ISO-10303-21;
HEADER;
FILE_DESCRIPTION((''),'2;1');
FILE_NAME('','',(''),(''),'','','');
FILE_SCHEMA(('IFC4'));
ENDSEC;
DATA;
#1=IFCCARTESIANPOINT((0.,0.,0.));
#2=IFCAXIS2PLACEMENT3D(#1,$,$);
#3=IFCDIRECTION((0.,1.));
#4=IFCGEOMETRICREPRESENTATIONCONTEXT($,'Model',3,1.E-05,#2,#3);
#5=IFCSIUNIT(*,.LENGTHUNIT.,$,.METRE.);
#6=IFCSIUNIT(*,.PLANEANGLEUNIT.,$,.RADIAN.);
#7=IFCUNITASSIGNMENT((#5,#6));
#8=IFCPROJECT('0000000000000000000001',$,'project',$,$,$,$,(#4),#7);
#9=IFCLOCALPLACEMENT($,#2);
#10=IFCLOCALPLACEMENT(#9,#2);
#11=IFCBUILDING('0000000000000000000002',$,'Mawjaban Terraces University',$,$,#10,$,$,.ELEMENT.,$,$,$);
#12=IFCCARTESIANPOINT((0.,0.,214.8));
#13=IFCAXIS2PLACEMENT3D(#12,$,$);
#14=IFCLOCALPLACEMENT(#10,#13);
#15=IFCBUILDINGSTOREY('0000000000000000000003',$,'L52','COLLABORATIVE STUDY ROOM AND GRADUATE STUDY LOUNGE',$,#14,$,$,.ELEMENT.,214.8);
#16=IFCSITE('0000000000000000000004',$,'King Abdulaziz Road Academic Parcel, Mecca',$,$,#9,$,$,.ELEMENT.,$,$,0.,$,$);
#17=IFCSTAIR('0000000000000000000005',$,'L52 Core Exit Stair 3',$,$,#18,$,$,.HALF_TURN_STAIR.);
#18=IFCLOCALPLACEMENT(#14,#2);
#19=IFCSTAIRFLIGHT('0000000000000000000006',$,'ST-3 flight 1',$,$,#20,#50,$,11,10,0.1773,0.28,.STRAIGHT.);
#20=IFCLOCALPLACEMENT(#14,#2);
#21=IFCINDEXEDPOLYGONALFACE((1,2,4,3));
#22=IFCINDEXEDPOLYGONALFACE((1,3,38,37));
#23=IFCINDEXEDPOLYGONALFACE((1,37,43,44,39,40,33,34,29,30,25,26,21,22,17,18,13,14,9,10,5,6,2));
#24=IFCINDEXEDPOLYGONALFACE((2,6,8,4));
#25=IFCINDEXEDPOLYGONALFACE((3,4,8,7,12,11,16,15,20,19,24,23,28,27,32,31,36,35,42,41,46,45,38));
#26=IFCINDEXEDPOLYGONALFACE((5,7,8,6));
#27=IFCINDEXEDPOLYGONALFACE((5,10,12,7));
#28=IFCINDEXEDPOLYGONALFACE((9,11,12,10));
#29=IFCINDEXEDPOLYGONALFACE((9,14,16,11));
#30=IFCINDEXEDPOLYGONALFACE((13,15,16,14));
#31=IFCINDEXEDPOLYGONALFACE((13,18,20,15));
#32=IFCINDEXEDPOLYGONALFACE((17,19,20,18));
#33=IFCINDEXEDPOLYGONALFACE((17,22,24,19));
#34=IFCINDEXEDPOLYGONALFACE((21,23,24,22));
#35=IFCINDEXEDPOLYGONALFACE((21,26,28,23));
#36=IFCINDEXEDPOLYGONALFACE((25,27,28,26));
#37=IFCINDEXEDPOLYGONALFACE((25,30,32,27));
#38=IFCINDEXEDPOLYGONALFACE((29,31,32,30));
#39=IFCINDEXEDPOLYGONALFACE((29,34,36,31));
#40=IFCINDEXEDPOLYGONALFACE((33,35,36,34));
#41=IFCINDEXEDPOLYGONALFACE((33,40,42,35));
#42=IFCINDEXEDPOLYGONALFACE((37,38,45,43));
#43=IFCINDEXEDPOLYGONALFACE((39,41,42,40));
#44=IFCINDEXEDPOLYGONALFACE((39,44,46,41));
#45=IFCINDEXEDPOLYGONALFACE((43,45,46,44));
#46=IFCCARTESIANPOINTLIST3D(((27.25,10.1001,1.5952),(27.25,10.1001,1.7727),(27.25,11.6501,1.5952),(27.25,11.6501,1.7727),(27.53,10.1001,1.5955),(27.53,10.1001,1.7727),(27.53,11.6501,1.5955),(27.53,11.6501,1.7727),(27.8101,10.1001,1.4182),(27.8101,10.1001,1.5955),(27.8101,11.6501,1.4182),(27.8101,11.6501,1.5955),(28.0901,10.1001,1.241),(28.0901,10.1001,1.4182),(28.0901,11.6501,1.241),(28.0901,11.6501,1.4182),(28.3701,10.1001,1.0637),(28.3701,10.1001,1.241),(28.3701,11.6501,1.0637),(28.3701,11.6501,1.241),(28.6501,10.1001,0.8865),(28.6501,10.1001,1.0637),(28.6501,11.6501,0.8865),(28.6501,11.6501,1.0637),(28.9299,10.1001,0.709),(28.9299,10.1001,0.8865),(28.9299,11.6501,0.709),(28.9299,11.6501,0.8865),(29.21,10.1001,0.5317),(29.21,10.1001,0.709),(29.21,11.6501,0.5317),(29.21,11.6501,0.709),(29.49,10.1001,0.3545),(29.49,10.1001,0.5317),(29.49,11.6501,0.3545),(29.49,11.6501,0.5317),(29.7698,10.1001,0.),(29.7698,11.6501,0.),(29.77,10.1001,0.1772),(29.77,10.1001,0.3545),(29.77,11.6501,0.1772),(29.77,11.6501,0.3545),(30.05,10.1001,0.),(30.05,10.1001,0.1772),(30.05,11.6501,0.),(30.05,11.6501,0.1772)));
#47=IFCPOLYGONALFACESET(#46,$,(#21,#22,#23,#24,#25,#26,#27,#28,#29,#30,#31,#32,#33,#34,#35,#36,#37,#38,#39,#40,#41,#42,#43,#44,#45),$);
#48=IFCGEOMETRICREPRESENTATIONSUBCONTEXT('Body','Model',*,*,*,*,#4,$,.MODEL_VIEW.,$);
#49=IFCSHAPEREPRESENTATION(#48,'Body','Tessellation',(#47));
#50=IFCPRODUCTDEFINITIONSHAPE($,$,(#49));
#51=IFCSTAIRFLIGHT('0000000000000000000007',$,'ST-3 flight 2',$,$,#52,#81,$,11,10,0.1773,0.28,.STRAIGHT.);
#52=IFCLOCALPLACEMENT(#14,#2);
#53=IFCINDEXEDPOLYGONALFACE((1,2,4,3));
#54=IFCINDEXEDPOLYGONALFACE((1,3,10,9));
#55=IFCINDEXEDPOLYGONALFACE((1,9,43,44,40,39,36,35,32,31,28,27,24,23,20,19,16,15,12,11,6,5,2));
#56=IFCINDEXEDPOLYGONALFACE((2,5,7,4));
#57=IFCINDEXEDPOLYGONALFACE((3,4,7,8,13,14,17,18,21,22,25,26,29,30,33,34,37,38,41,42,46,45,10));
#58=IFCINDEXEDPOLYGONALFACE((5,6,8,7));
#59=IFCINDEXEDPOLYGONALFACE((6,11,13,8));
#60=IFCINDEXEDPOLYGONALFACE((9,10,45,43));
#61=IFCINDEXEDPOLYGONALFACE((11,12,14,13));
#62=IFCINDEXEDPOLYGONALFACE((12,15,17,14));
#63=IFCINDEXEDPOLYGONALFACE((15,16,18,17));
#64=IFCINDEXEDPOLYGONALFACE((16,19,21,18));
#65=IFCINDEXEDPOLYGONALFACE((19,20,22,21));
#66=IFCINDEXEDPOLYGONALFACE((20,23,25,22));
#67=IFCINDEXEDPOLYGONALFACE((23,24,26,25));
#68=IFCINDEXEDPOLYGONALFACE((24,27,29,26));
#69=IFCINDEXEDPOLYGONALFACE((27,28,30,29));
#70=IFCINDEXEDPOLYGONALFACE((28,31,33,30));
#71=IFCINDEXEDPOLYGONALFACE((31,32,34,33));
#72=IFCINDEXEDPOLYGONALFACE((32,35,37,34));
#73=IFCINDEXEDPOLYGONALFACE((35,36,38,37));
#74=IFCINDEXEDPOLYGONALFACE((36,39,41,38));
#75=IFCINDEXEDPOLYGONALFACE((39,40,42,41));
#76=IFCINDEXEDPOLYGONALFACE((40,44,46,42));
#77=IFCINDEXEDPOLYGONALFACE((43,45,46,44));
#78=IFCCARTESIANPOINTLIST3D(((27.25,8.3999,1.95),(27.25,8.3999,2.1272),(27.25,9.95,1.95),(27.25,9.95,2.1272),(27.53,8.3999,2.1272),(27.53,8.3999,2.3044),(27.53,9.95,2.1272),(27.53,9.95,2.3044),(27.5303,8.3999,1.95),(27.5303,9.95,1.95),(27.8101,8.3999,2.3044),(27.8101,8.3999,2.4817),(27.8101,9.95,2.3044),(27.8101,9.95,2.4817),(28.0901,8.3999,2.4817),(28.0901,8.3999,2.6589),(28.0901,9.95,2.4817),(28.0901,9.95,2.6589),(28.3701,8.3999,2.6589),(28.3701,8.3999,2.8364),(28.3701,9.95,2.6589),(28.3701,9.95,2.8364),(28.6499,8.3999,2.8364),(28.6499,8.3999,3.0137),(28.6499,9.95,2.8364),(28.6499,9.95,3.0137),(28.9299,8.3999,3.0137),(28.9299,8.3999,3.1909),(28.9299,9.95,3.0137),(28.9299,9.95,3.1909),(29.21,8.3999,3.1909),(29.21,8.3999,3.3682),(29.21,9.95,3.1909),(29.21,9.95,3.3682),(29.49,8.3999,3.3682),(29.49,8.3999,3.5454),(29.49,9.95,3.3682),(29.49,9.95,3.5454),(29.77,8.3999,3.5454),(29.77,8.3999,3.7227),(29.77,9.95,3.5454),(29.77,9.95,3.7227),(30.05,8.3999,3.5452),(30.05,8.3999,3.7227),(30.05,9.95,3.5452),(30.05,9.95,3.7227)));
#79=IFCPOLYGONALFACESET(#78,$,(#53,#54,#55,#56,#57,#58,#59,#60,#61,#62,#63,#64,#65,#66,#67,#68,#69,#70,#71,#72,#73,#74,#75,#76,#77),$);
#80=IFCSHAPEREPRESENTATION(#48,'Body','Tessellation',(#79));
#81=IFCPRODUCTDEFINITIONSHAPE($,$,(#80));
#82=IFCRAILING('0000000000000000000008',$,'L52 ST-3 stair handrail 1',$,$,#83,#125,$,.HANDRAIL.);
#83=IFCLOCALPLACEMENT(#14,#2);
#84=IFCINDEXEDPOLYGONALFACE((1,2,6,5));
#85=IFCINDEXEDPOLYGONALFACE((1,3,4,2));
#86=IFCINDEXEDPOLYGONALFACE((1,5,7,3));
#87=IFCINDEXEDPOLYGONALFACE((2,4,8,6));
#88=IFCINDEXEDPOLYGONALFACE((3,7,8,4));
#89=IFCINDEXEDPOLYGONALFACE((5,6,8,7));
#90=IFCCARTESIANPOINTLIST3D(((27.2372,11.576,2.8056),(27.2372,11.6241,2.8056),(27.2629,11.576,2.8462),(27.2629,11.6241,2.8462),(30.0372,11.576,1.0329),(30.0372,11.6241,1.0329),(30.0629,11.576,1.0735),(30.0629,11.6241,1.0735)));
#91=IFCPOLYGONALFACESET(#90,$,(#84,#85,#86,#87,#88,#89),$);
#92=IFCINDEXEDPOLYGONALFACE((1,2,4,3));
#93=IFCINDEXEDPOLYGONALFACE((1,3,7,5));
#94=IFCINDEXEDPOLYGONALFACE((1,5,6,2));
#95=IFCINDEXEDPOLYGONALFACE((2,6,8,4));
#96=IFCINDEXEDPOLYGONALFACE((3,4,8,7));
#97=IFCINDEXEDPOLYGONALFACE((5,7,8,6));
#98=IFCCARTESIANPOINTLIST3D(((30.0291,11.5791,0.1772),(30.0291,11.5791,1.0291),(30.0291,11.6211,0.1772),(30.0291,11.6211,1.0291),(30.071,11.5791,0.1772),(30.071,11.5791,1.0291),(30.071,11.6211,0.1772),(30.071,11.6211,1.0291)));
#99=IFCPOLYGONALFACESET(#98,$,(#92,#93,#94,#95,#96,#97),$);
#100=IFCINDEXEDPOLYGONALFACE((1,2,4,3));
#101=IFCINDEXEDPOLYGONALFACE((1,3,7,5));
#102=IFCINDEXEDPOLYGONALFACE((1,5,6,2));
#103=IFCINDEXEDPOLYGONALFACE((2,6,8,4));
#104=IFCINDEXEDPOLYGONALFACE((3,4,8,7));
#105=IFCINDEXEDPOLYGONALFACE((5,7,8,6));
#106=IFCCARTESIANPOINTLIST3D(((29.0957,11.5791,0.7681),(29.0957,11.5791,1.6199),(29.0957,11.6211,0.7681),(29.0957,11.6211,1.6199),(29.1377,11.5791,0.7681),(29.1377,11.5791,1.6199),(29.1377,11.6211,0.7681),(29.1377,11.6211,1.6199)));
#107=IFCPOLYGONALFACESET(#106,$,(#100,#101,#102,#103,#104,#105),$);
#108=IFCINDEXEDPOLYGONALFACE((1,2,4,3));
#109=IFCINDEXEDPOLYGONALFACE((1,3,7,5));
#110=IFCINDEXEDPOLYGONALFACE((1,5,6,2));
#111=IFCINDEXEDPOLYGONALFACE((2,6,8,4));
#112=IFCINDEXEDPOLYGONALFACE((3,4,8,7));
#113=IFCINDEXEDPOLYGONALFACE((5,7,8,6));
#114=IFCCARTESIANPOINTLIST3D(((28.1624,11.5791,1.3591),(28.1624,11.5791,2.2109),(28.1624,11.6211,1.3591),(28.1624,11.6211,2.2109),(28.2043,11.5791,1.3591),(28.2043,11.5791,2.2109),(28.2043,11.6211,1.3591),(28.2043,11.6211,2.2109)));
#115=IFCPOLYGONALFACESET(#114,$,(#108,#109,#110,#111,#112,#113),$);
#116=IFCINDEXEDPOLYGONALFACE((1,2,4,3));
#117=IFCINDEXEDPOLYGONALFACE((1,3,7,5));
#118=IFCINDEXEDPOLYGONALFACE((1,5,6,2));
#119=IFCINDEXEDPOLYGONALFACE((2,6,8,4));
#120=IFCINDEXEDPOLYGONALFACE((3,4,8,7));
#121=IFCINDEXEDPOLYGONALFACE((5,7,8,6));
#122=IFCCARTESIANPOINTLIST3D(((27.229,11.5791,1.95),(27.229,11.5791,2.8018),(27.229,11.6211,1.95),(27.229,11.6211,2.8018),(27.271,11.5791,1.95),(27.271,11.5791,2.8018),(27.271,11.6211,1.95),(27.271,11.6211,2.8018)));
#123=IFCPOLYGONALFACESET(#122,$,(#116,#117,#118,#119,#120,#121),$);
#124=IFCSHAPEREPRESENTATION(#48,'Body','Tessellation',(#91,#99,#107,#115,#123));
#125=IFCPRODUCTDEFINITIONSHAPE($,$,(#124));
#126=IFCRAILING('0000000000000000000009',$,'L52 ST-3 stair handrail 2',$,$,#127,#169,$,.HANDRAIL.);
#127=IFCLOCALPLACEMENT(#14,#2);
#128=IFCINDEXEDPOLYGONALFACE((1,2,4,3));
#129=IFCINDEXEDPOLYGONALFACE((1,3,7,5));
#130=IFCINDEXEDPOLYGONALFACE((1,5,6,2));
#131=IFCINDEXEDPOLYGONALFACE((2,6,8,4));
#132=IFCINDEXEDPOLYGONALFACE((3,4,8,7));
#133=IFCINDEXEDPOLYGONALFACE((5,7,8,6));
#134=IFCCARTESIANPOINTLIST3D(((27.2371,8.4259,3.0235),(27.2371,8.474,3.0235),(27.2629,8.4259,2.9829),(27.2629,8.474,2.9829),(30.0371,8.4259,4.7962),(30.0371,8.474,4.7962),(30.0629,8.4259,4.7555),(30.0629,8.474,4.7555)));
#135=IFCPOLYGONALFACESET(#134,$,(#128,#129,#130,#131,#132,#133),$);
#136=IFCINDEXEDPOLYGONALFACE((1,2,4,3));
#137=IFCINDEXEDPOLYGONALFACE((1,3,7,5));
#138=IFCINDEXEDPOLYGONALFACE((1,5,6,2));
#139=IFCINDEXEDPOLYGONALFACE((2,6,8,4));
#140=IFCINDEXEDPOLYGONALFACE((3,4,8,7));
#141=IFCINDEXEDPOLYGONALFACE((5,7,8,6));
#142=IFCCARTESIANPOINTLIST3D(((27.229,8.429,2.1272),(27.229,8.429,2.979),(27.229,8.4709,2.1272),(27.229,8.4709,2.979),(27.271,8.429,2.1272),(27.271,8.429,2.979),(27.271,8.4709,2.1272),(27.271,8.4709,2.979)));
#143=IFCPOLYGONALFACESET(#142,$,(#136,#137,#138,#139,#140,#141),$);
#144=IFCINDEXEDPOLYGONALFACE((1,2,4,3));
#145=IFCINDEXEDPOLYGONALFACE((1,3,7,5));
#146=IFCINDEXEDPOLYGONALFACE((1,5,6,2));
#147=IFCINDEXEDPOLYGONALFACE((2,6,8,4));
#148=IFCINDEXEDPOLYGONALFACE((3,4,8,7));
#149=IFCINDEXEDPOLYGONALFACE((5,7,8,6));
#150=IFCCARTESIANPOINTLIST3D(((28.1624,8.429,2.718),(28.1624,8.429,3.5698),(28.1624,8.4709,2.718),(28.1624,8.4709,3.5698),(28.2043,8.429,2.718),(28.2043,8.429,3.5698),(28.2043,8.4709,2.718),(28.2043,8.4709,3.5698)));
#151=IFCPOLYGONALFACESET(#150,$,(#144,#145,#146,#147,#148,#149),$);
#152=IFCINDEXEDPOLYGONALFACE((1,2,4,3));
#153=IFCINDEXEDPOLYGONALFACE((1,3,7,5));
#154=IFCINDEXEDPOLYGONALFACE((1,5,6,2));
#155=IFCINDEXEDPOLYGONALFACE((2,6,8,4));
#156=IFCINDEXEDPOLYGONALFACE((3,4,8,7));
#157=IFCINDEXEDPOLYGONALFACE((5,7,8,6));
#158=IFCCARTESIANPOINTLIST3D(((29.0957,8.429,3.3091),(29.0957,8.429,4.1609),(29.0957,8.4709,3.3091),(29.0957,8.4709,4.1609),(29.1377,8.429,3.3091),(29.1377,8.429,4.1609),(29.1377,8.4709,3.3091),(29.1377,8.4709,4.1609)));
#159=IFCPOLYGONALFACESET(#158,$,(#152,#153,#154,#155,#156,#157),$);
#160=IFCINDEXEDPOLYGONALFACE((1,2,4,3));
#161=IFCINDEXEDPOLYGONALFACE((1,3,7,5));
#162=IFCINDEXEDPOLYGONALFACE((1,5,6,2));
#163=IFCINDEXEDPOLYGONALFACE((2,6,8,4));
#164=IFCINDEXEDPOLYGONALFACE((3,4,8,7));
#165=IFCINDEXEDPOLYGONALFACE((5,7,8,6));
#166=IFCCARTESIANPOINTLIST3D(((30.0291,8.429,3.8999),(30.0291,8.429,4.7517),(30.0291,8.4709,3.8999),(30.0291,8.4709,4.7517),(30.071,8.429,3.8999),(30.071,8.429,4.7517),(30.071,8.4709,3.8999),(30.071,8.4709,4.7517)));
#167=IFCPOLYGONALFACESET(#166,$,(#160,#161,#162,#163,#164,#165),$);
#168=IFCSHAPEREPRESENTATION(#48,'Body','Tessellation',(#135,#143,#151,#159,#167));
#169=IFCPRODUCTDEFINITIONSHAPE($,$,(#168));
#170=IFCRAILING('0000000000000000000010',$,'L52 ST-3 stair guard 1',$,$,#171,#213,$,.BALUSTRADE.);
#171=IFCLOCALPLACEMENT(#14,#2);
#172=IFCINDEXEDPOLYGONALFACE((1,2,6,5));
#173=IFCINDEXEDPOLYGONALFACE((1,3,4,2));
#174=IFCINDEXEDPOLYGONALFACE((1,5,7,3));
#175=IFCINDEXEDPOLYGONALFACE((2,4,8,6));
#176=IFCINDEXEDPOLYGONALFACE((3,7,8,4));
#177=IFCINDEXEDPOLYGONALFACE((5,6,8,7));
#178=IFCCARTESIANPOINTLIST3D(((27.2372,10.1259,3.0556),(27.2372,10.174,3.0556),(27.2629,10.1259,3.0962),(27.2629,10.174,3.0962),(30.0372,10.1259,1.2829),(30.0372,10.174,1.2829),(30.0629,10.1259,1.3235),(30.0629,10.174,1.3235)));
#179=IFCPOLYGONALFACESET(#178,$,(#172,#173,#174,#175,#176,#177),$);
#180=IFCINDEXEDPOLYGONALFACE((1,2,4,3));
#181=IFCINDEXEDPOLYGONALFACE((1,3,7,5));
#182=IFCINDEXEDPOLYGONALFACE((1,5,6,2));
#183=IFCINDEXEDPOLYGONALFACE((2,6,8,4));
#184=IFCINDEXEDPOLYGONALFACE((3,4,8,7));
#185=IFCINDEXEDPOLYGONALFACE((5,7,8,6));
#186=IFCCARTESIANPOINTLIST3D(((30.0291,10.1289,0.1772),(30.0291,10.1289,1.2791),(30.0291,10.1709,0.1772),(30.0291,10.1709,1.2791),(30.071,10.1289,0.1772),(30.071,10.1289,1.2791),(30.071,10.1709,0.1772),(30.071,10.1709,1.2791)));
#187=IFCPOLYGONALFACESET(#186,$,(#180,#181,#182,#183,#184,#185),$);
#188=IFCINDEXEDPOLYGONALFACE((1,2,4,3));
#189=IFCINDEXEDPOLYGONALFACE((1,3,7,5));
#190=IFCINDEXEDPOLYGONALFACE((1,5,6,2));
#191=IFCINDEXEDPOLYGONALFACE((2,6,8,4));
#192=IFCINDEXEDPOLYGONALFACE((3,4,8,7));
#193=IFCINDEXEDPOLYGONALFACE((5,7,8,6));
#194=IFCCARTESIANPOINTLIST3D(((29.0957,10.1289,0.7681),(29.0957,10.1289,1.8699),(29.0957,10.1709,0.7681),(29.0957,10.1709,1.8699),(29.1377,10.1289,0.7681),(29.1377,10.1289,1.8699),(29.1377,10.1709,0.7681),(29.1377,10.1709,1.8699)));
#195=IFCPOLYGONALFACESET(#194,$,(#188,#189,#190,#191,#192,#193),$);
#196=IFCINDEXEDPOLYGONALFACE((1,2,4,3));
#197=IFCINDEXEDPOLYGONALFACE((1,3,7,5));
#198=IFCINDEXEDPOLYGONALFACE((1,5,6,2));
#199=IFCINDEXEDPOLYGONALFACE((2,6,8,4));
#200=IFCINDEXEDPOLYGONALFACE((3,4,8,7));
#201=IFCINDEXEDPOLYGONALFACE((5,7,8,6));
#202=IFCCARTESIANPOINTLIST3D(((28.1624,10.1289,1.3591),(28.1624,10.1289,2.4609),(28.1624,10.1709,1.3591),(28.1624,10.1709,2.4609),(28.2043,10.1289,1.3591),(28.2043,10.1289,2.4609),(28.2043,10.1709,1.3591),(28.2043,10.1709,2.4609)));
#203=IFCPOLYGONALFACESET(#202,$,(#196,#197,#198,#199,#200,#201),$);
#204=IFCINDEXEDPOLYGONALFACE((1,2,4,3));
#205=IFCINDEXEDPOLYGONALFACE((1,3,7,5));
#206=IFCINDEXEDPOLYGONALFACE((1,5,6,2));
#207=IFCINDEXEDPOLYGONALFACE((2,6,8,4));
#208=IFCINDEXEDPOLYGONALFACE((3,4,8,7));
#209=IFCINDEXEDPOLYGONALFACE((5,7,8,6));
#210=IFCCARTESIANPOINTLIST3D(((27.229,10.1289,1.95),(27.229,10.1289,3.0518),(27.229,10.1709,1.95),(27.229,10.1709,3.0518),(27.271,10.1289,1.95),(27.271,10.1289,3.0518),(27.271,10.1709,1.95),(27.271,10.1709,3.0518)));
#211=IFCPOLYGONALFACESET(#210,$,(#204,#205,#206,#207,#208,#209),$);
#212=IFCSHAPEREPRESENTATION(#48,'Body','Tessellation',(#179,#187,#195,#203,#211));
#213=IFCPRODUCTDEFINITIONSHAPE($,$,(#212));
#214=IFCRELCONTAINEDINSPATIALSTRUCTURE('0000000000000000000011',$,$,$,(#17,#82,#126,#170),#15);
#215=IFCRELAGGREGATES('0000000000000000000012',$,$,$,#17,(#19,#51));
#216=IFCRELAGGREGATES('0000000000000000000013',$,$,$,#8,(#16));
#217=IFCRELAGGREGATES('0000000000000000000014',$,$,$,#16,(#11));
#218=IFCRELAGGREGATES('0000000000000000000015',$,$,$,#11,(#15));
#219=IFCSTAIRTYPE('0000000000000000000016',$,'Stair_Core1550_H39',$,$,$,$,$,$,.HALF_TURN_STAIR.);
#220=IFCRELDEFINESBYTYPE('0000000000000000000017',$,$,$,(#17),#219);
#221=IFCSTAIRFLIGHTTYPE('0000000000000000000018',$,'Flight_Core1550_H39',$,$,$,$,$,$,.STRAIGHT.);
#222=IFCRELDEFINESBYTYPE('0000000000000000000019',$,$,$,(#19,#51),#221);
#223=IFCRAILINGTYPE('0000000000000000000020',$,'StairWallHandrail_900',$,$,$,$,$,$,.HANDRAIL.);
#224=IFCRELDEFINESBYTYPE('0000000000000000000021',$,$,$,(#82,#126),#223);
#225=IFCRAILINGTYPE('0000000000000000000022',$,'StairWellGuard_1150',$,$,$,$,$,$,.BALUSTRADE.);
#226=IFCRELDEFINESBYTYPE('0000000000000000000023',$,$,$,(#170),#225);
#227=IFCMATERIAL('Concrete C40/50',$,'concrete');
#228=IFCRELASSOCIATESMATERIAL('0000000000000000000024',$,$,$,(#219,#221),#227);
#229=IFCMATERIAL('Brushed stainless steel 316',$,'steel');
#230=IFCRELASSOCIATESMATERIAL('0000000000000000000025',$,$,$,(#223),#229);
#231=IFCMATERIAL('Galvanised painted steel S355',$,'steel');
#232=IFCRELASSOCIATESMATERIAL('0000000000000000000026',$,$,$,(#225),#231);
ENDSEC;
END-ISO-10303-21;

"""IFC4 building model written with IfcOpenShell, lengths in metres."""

from ifc_helpers import new_model, si_unit, direction, frame, origin, origin_2d, place, context, subcontext, project, spatial, polyline, rectangle, outline, extrude, material, type_object, element, aggregate, save


model = new_model("IFC4")

# Units and contexts
model_context = context("Model", 3, precision=1e-05, world=origin(), true_north=direction((0.0, 1.0)))
body_context = subcontext(model_context, "Body", "Model", "MODEL_VIEW")
ifc_project = project(units=[si_unit("LENGTHUNIT", "METRE"), si_unit("PLANEANGLEUNIT", "RADIAN")], contexts=[model_context])

# Site, building, storey
site_placement = place(None, origin())
site = spatial("IfcSite", under=ifc_project, at=site_placement, Name="King Abdulaziz Road Academic Parcel, Mecca", CompositionType="ELEMENT", RefElevation=0.0)
building_placement = place(site_placement, origin())
building = spatial("IfcBuilding", under=site, at=building_placement, Name="Mawjaban Terraces University", CompositionType="ELEMENT")
storey_placement = place(building_placement, frame((0.0, 0.0, 214.8)))
storey = spatial("IfcBuildingStorey", under=building, at=storey_placement, Name="L52", Description="COLLABORATIVE STUDY ROOM AND GRADUATE STUDY LOUNGE", CompositionType="ELEMENT", Elevation=214.8)

# Shared definitions
ifc_material_1 = material(Name="Concrete C40/50", Category="concrete")

# Stair, stair flights
stair_type = type_object("IfcStairType", Name="Stair_Core1550_H39", PredefinedType="HALF_TURN_STAIR", material=ifc_material_1)
stair_placement = place(storey_placement, origin())
stair = element("IfcStair", 1, at=stair_placement, inside=storey, type_object=stair_type, Name="L52 Core Exit Stair 3", PredefinedType="HALF_TURN_STAIR")
stair_flight_type = type_object("IfcStairFlightType", Name="Flight_Core1550_H39", PredefinedType="STRAIGHT", material=ifc_material_1)
stair_flight_1_placement = place(storey_placement, frame((30.05, 10.875, 0.0), z_axis=(0.0, 0.0, 1.0), x_axis=(-1.0, 0.0, 0.0)))
stair_flight_1 = element("IfcStairFlight", 2, at=stair_flight_1_placement, type_object=stair_flight_type, Name="ST-3 flight 1", NumberOfRisers=11, NumberOfTreads=10, PredefinedType="STRAIGHT", RiserHeight=0.1773, TreadLength=0.28, context=body_context, shape_type="SweptSolid", body=[
    extrude(outline(polyline([(0.0, 0.0), (0.0, 0.1772), (0.28, 0.1772), (0.28, 0.3545), (0.5601, 0.3545), (0.5601, 0.5317), (0.8401, 0.5317), (0.8401, 0.709), (1.1201, 0.709), (1.1201, 0.8865), (1.3999, 0.8865), (1.3999, 1.0637), (1.6799, 1.0637), (1.6799, 1.241), (1.96, 1.241), (1.96, 1.4182), (2.24, 1.4182), (2.24, 1.5955), (2.52, 1.5955), (2.52, 1.7727), (2.8, 1.7727), (2.8, 1.95), (2.8, 1.5952), (0.2803, 0.0), (0.0, 0.0)])), frame((0.0, 0.7749, 0.0), z_axis=(0.0, -1.0, 0.0), x_axis=(1.0, 0.0, 0.0)), (0.0, 0.0, 1.0), 1.55),
])
stair_flight_2_placement = place(storey_placement, frame((27.25, 9.175, 1.95), z_axis=(0.0, 0.0, 1.0), x_axis=(1.0, 0.0, 0.0)))
stair_flight_2 = element("IfcStairFlight", 3, at=stair_flight_2_placement, type_object=stair_flight_type, Name="ST-3 flight 2", NumberOfRisers=11, NumberOfTreads=10, PredefinedType="STRAIGHT", RiserHeight=0.1773, TreadLength=0.28, context=body_context, shape_type="SweptSolid", body=[
    extrude(outline(polyline([(0.0, 0.0), (0.0, 0.1772), (0.28, 0.1772), (0.28, 0.3545), (0.5601, 0.3545), (0.5601, 0.5317), (0.8401, 0.5317), (0.8401, 0.709), (1.1201, 0.709), (1.1201, 0.8865), (1.3999, 0.8865), (1.3999, 1.0637), (1.6799, 1.0637), (1.6799, 1.241), (1.96, 1.241), (1.96, 1.4182), (2.24, 1.4182), (2.24, 1.5955), (2.52, 1.5955), (2.52, 1.7727), (2.8, 1.7727), (2.8, 1.95), (2.8, 1.5952), (0.2803, 0.0), (0.0, 0.0)])), frame((0.0, 0.7749, 0.0), z_axis=(0.0, -1.0, 0.0), x_axis=(1.0, 0.0, 0.0)), (0.0, 0.0, 1.0), 1.55),
])
aggregate(stair, [stair_flight_1, stair_flight_2])

# Railings
ifc_material_2 = material(Name="Brushed stainless steel 316", Category="steel")
railing_type_1 = type_object("IfcRailingType", Name="StairWallHandrail_900", PredefinedType="HANDRAIL", material=ifc_material_2)
railing_1_placement = place(storey_placement, frame((30.05, 11.6001, 0.1772)))
element("IfcRailing", 4, at=railing_1_placement, inside=storey, type_object=railing_type_1, Name="L52 ST-3 stair handrail 1", PredefinedType="HANDRAIL", context=body_context, shape_type="SweptSolid", body=[
    extrude(rectangle(XDim=0.0481, YDim=0.0481, at=origin_2d()), frame((0.0, 0.0, 0.876), z_axis=(-0.844909, 0.0, 0.53491), x_axis=(0.0, -1.0, 0.0)), (0.0, 0.0, 1.0), 3.314),
    extrude(rectangle(XDim=0.042, YDim=0.042, at=origin_2d()), origin(), (0.0, 0.0, 1.0), 0.8518),
    extrude(rectangle(XDim=0.042, YDim=0.042, at=origin_2d()), frame((-0.9333, 0.0, 0.5908)), (0.0, 0.0, 1.0), 0.8518),
    extrude(rectangle(XDim=0.042, YDim=0.042, at=origin_2d()), frame((-1.8667, 0.0, 1.1819)), (0.0, 0.0, 1.0), 0.8518),
    extrude(rectangle(XDim=0.042, YDim=0.042, at=origin_2d()), frame((-2.8, 0.0, 1.7727)), (0.0, 0.0, 1.0), 0.8518),
])
railing_2_placement = place(storey_placement, frame((27.25, 8.45, 2.1272)))
element("IfcRailing", 5, at=railing_2_placement, inside=storey, type_object=railing_type_1, Name="L52 ST-3 stair handrail 2", PredefinedType="HANDRAIL", context=body_context, shape_type="SweptSolid", body=[
    extrude(rectangle(XDim=0.0481, YDim=0.0481, at=origin_2d()), frame((0.0, 0.0, 0.876), z_axis=(0.844909, 0.0, 0.53491), x_axis=(0.0, 1.0, 0.0)), (0.0, 0.0, 1.0), 3.314),
    extrude(rectangle(XDim=0.042, YDim=0.042, at=origin_2d()), origin(), (0.0, 0.0, 1.0), 0.8518),
    extrude(rectangle(XDim=0.042, YDim=0.042, at=origin_2d()), frame((0.9333, 0.0, 0.5908)), (0.0, 0.0, 1.0), 0.8518),
    extrude(rectangle(XDim=0.042, YDim=0.042, at=origin_2d()), frame((1.8667, 0.0, 1.1819)), (0.0, 0.0, 1.0), 0.8518),
    extrude(rectangle(XDim=0.042, YDim=0.042, at=origin_2d()), frame((2.8, 0.0, 1.7727)), (0.0, 0.0, 1.0), 0.8518),
])
ifc_material_3 = material(Name="Galvanised painted steel S355", Category="steel")
railing_type_2 = type_object("IfcRailingType", Name="StairWellGuard_1150", PredefinedType="BALUSTRADE", material=ifc_material_3)
railing_3_placement = place(storey_placement, frame((30.05, 10.1499, 0.1772)))
element("IfcRailing", 6, at=railing_3_placement, inside=storey, type_object=railing_type_2, Name="L52 ST-3 stair guard 1", PredefinedType="BALUSTRADE", context=body_context, shape_type="SweptSolid", body=[
    extrude(rectangle(XDim=0.0481, YDim=0.0481, at=origin_2d()), frame((0.0, 0.0, 1.126), z_axis=(-0.844909, 0.0, 0.53491), x_axis=(0.0, -1.0, 0.0)), (0.0, 0.0, 1.0), 3.314),
    extrude(rectangle(XDim=0.042, YDim=0.042, at=origin_2d()), origin(), (0.0, 0.0, 1.0), 1.1018),
    extrude(rectangle(XDim=0.042, YDim=0.042, at=origin_2d()), frame((-0.9333, 0.0, 0.5908)), (0.0, 0.0, 1.0), 1.1018),
    extrude(rectangle(XDim=0.042, YDim=0.042, at=origin_2d()), frame((-1.8667, 0.0, 1.1819)), (0.0, 0.0, 1.0), 1.1018),
    extrude(rectangle(XDim=0.042, YDim=0.042, at=origin_2d()), frame((-2.8, 0.0, 1.7727)), (0.0, 0.0, 1.0), 1.1018),
])

save(model, "model.ifc")
